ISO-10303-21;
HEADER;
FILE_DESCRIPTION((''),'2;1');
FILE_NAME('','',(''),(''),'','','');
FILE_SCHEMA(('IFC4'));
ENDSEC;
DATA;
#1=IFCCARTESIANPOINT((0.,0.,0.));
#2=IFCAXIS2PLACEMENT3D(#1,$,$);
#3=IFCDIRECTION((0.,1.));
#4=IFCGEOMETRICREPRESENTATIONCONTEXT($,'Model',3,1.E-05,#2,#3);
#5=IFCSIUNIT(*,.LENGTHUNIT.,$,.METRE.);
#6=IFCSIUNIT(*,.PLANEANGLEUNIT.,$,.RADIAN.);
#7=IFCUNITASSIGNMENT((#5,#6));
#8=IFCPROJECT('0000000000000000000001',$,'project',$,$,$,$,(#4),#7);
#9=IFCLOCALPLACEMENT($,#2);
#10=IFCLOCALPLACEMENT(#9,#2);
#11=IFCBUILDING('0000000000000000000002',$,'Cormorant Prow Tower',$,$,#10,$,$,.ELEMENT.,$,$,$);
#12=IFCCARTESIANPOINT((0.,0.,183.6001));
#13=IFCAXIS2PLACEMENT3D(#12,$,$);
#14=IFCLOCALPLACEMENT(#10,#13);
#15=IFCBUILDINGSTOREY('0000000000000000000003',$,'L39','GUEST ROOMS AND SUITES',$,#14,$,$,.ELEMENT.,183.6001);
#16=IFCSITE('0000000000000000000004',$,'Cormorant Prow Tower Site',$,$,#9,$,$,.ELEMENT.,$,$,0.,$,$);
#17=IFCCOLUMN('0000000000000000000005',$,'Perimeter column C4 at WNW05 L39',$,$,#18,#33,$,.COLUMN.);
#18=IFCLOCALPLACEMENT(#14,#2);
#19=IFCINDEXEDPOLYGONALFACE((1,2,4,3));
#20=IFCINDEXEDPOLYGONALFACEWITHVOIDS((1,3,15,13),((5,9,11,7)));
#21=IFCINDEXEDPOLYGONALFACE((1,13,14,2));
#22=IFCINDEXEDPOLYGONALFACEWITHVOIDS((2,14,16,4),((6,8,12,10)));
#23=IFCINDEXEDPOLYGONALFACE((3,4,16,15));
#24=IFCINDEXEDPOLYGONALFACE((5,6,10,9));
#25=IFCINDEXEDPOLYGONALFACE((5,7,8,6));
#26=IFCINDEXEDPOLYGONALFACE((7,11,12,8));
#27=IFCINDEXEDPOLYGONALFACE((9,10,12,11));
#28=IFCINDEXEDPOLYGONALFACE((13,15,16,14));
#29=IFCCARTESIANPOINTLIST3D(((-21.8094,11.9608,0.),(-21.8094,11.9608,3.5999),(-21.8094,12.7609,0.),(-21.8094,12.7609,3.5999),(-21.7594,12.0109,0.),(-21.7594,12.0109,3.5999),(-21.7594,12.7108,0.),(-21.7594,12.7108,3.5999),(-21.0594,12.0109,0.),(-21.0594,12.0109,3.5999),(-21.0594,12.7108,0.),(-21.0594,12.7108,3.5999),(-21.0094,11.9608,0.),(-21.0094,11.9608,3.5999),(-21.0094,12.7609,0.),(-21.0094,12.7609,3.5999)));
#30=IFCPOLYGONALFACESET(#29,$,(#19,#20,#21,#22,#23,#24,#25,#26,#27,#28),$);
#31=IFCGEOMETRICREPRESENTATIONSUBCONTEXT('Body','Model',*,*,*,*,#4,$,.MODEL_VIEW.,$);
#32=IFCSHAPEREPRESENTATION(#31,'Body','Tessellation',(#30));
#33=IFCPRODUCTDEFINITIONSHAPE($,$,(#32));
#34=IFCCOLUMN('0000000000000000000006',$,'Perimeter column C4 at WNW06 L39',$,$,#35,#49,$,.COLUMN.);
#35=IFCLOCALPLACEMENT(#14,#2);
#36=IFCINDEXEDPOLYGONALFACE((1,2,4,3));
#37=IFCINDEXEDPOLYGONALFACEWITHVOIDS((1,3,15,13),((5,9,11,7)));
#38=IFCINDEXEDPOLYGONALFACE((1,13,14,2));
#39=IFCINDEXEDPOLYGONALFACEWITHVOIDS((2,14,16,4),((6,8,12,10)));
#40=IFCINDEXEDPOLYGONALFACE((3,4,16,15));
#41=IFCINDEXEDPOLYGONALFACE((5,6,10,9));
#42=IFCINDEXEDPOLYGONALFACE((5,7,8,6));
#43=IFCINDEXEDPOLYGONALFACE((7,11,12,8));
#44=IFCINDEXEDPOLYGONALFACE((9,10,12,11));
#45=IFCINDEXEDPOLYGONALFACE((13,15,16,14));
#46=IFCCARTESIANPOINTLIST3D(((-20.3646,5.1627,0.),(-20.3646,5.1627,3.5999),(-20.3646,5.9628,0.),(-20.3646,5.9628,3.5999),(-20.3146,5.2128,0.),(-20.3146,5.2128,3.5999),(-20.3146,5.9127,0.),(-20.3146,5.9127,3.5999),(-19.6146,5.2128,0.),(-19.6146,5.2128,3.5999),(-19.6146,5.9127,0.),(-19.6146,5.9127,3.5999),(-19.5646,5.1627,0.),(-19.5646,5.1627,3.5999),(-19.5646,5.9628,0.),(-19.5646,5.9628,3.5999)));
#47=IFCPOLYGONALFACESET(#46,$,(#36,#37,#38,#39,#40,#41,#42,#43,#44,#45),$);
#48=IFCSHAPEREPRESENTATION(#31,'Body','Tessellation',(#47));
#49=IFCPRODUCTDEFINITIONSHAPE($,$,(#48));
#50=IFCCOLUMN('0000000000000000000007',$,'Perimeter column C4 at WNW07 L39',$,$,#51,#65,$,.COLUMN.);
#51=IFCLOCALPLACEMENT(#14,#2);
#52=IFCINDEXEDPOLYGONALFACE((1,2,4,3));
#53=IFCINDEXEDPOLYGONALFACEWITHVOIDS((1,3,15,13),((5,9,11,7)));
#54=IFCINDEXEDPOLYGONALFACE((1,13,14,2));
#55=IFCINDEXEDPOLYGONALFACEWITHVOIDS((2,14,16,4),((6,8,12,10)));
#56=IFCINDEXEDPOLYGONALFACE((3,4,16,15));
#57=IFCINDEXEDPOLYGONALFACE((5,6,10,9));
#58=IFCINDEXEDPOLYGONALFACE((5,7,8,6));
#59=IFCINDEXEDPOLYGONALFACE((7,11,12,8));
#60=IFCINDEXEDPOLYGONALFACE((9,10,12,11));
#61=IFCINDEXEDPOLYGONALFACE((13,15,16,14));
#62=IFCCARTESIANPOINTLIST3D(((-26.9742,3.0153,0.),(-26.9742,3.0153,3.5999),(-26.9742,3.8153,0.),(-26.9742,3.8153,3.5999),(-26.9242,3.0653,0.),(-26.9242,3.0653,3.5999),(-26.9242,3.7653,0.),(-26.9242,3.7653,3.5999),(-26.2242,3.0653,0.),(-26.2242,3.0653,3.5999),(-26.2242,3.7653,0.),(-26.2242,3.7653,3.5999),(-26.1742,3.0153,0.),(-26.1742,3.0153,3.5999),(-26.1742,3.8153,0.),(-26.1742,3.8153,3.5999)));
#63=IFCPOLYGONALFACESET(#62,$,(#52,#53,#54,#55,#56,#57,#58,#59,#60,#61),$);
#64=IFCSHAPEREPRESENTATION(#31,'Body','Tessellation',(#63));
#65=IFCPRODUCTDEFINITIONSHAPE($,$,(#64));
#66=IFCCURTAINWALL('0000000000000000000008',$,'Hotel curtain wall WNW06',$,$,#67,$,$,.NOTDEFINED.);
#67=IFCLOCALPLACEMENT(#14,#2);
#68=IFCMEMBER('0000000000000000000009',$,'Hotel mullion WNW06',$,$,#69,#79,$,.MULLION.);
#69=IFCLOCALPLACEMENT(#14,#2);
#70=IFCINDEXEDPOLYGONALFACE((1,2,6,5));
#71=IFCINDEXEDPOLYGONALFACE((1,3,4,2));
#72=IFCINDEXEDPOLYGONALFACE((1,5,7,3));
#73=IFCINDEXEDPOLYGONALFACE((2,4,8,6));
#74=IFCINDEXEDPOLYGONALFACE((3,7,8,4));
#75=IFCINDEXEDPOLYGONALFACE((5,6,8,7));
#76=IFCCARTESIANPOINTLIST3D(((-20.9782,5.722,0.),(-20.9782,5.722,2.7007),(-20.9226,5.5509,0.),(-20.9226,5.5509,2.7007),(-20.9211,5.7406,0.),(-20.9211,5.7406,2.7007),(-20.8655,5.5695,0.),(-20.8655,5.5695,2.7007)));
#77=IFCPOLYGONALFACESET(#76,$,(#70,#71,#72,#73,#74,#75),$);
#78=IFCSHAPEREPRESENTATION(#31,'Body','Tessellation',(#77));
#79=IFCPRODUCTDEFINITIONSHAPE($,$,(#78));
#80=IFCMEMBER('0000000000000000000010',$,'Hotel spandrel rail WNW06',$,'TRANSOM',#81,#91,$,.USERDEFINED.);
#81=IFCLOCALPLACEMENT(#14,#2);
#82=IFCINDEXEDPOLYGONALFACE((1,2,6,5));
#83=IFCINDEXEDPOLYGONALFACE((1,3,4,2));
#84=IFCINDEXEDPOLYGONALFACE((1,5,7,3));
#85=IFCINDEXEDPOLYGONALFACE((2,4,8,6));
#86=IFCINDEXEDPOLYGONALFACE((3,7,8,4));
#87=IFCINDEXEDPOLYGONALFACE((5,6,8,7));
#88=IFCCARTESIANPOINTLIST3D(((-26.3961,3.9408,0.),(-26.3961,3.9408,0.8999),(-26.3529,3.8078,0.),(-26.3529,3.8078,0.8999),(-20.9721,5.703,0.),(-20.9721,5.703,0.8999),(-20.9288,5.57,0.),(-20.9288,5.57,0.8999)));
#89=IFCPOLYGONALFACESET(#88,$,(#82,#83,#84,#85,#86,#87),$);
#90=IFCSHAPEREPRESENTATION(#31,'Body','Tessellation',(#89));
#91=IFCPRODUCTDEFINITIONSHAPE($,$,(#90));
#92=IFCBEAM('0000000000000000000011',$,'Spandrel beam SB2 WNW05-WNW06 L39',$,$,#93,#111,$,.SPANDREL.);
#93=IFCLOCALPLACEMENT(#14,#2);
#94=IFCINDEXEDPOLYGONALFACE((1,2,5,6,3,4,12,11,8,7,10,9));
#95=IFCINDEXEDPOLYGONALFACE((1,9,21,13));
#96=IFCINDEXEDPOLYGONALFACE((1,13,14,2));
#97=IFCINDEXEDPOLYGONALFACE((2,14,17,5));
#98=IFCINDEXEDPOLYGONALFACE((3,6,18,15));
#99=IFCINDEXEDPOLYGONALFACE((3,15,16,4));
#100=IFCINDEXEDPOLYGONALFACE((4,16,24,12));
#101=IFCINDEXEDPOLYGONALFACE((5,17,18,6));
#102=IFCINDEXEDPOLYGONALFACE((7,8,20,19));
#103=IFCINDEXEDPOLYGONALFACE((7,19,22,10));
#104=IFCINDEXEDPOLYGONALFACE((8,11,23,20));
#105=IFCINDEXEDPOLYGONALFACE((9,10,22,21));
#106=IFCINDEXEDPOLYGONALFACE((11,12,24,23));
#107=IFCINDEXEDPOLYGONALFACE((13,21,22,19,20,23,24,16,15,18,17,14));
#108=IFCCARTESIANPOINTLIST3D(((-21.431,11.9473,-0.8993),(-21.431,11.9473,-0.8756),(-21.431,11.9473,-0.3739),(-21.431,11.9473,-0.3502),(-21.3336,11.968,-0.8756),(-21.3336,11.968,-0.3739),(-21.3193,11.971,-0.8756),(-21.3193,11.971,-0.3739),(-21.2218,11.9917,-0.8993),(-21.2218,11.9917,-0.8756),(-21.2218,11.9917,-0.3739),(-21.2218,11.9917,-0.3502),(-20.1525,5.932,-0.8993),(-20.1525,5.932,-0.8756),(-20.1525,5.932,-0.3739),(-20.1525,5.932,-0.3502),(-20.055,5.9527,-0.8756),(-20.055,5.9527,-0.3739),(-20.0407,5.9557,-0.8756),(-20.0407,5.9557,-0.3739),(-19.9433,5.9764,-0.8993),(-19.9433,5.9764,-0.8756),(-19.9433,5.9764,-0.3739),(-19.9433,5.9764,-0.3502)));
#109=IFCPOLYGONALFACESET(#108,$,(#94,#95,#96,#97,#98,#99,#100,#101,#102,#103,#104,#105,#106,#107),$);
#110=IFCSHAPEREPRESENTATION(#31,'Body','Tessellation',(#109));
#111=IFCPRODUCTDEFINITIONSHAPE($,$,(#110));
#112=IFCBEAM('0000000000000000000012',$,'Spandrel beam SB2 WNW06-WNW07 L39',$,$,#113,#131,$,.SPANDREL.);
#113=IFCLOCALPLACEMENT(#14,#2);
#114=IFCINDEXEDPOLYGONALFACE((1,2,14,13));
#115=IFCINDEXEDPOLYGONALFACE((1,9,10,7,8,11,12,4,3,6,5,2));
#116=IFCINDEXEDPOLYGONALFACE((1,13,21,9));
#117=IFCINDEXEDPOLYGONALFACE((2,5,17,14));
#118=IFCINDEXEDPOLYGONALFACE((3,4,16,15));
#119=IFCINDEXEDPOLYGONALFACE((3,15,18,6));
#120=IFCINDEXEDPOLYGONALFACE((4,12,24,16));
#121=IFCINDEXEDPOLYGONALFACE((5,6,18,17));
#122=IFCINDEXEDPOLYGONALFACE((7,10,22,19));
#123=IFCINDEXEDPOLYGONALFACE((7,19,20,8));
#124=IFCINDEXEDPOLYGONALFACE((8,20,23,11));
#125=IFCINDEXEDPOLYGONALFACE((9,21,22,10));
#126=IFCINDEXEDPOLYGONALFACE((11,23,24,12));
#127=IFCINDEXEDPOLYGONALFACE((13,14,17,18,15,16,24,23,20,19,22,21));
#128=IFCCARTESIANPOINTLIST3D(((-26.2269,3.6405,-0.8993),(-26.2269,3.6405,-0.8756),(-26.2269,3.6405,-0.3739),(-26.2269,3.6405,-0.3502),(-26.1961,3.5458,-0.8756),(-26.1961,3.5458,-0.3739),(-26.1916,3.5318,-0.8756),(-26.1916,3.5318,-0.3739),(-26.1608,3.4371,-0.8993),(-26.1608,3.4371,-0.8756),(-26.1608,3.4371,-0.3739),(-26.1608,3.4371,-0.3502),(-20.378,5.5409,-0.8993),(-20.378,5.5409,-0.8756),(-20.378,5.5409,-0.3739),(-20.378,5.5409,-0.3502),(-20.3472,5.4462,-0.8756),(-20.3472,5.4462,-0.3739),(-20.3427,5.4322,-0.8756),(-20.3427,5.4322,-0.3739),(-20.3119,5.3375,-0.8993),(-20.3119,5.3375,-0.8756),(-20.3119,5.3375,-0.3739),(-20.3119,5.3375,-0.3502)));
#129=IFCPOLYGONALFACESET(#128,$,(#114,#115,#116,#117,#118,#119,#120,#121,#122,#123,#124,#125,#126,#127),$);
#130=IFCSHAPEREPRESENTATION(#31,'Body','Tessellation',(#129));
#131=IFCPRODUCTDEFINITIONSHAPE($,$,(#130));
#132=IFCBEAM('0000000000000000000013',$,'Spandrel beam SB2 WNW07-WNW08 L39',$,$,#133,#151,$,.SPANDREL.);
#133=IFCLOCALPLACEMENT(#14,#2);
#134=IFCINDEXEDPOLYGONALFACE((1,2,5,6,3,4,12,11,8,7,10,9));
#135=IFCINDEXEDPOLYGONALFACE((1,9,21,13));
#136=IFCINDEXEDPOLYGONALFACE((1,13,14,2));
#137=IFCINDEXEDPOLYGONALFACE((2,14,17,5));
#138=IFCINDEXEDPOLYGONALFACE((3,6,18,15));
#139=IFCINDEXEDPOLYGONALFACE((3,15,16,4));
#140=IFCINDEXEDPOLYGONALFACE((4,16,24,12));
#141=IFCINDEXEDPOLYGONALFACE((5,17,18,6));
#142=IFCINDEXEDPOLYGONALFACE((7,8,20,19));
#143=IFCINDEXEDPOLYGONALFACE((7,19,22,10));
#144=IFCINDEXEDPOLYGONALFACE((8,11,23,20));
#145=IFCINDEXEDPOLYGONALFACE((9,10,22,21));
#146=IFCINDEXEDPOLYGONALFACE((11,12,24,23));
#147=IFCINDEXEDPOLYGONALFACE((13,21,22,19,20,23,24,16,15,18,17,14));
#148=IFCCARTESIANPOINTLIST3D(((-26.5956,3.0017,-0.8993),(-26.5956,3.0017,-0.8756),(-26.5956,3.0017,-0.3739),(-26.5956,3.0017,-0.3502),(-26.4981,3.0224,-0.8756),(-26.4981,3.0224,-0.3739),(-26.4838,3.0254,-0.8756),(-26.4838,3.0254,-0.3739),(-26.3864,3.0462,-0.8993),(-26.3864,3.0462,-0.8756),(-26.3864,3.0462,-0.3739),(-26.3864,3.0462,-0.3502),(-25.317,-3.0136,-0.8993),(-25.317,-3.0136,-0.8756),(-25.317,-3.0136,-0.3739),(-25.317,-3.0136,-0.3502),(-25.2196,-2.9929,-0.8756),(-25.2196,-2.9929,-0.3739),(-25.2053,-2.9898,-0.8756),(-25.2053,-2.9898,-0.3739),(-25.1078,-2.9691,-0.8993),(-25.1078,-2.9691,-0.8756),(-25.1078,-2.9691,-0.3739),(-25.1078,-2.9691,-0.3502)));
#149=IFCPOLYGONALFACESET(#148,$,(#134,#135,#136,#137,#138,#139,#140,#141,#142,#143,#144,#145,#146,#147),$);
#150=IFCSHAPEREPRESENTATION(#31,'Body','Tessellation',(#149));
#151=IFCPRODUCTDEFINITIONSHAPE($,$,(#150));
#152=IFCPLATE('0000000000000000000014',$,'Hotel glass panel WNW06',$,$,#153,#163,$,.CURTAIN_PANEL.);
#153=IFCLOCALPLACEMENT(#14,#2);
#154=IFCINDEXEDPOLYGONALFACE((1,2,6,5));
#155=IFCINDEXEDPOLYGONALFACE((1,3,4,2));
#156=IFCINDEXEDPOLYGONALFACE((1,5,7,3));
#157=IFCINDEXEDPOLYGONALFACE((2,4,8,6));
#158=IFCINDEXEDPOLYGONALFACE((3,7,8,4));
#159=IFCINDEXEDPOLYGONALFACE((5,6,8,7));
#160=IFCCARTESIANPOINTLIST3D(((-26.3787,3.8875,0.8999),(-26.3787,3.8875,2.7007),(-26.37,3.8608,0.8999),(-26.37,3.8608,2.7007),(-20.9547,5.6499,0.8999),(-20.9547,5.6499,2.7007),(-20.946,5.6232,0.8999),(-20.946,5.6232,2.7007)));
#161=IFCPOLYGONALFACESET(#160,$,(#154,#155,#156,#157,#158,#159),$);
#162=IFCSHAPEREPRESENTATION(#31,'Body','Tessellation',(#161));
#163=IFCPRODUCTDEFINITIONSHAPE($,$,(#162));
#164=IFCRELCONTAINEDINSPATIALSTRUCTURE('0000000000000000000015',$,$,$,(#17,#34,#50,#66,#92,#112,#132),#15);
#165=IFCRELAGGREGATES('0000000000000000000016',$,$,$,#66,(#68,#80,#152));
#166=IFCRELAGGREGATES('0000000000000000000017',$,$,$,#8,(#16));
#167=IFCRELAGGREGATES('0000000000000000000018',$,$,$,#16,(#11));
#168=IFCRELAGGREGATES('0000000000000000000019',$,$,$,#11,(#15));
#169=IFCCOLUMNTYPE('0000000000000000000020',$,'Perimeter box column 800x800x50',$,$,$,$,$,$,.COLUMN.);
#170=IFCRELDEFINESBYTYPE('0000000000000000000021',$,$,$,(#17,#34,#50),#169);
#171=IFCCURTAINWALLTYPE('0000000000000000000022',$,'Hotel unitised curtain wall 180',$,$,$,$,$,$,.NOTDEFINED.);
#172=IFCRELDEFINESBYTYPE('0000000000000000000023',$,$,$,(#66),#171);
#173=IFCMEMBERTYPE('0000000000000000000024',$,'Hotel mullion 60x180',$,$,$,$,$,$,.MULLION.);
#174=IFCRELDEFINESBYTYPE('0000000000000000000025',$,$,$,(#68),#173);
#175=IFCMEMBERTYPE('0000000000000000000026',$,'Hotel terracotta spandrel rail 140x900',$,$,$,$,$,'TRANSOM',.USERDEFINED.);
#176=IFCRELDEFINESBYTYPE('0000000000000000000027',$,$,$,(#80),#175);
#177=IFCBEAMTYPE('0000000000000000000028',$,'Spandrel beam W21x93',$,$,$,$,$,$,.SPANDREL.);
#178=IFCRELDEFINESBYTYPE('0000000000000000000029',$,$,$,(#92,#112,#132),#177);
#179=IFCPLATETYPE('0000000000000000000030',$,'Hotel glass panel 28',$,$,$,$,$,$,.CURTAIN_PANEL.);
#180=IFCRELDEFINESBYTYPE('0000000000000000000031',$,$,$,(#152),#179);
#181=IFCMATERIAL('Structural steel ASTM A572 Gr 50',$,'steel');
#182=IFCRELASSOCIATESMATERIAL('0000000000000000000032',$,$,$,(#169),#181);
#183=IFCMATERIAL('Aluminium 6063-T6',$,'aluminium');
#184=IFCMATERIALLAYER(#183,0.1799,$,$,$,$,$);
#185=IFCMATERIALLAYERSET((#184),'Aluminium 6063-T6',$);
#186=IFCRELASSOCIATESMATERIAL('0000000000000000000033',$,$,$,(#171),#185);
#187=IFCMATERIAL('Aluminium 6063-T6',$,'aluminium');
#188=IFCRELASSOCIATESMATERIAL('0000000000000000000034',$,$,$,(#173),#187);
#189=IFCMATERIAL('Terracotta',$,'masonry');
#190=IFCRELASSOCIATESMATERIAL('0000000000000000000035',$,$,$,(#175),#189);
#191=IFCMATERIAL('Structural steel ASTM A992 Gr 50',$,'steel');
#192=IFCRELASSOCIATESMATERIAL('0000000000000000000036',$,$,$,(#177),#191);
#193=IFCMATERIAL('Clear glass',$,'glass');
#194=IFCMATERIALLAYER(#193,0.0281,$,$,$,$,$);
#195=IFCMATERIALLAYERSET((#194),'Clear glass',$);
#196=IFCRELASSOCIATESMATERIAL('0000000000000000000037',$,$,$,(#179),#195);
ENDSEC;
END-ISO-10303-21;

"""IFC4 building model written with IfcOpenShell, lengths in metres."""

from ifc_helpers import new_model, si_unit, direction, frame, origin, origin_2d, place, context, subcontext, project, spatial, rectangle, hollow_rectangle, i_section, extrude, material, layer, layer_set, material_profile, profile_set, type_object, element, aggregate, save


model = new_model("IFC4")

# Units and contexts
model_context = context("Model", 3, precision=1e-05, world=origin(), true_north=direction((0.0, 1.0)))
body_context = subcontext(model_context, "Body", "Model", "MODEL_VIEW")
ifc_project = project(units=[si_unit("LENGTHUNIT", "METRE"), si_unit("PLANEANGLEUNIT", "RADIAN")], contexts=[model_context])

# Site, building, storey
site_placement = place(None, origin())
site = spatial("IfcSite", under=ifc_project, at=site_placement, Name="Cormorant Prow Tower Site", CompositionType="ELEMENT", RefElevation=0.0)
building_placement = place(site_placement, origin())
building = spatial("IfcBuilding", under=site, at=building_placement, Name="Cormorant Prow Tower", CompositionType="ELEMENT")
storey_placement = place(building_placement, frame((0.0, 0.0, 183.6001)))
storey = spatial("IfcBuildingStorey", under=building, at=storey_placement, Name="L39", Description="GUEST ROOMS AND SUITES", CompositionType="ELEMENT", Elevation=183.6001)

# Columns
ifc_material_1 = material(Name="Structural steel ASTM A572 Gr 50", Category="steel")
ifc_material_profile_1 = material_profile(ifc_material_1, hollow_rectangle(XDim=0.8, YDim=0.8, WallThickness=0.05, at=origin_2d()), Name="Box 800x800x50")
ifc_profile_set_1 = profile_set([ifc_material_profile_1], Name="Structural steel ASTM A572 Gr 50")
column_type = type_object("IfcColumnType", Name="Perimeter box column 800x800x50", PredefinedType="COLUMN", material=ifc_profile_set_1)
for number, where, z_axis, x_axis, name in (
    (1, (-21.4094, 12.3608, 0.0), (0.0, 0.0, 1.0), (1.0, 0.0, 0.0), "Perimeter column C4 at WNW05 L39"),
    (2, (-19.9646, 5.5627, 0.0), (0.0, 0.0, 1.0), (1.0, 0.0, 0.0), "Perimeter column C4 at WNW06 L39"),
    (3, (-26.5742, 3.4153, 0.0), (0.0, 0.0, 1.0), (1.0, 0.0, 0.0), "Perimeter column C4 at WNW07 L39"),
):
    element("IfcColumn", number, at=place(storey_placement, frame(where, z_axis=z_axis, x_axis=x_axis)), inside=storey, type_object=column_type, Name=name, PredefinedType="COLUMN", context=body_context, shape_type="SweptSolid", body=[
        extrude(hollow_rectangle(XDim=0.8, YDim=0.8, WallThickness=0.05, at=origin_2d()), origin(), (0.0, 0.0, 1.0), 3.5999),
    ])

# Curtain wall, members
ifc_material_2 = material(Name="Aluminium 6063-T6", Category="aluminium")
ifc_layer_1 = layer(ifc_material_2, 0.1799)
ifc_layer_set_1 = layer_set([ifc_layer_1], Name="Aluminium 6063-T6")
curtain_wall_type = type_object("IfcCurtainWallType", Name="Hotel unitised curtain wall 180", PredefinedType="NOTDEFINED", material=ifc_layer_set_1)
curtain_wall_placement = place(storey_placement, origin())
curtain_wall = element("IfcCurtainWall", 4, at=curtain_wall_placement, inside=storey, type_object=curtain_wall_type, Name="Hotel curtain wall WNW06", PredefinedType="NOTDEFINED")
ifc_material_3 = material(Name="Aluminium 6063-T6", Category="aluminium")
ifc_material_profile_2 = material_profile(ifc_material_3, rectangle(XDim=0.1799, YDim=0.0601, at=origin_2d()), Name="Hotel mullion 60x180")
ifc_profile_set_2 = profile_set([ifc_material_profile_2], Name="Aluminium 6063-T6")
member_type_1 = type_object("IfcMemberType", Name="Hotel mullion 60x180", PredefinedType="MULLION", material=ifc_profile_set_2)
member_1_placement = place(storey_placement, frame((-20.9219, 5.6458, 0.0), z_axis=(0.0, 0.0, 1.0), x_axis=(0.309017, -0.951057, 0.0)))
member_1 = element("IfcMember", 5, at=member_1_placement, type_object=member_type_1, Name="Hotel mullion WNW06", PredefinedType="MULLION", context=body_context, shape_type="SweptSolid", body=[
    extrude(rectangle(XDim=0.1799, YDim=0.0601, at=origin_2d()), origin(), (0.0, 0.0, 1.0), 2.7007),
])
ifc_material_4 = material(Name="Terracotta", Category="masonry")
ifc_material_profile_3 = material_profile(ifc_material_4, rectangle(XDim=0.1399, YDim=0.8999, at=origin_2d()), Name="Hotel terracotta spandrel rail 140x900")
ifc_profile_set_3 = profile_set([ifc_material_profile_3], Name="Terracotta")
member_type_2 = type_object("IfcMemberType", Name="Hotel terracotta spandrel rail 140x900", ElementType="TRANSOM", PredefinedType="USERDEFINED", material=ifc_profile_set_3)
member_2_placement = place(storey_placement, frame((-20.9504, 5.6365, 0.45), z_axis=(-0.951066, -0.308988, 0.0), x_axis=(0.308988, -0.951066, 0.0)))
member_2 = element("IfcMember", 6, at=member_2_placement, type_object=member_type_2, Name="Hotel spandrel rail WNW06", ObjectType="TRANSOM", PredefinedType="USERDEFINED", context=body_context, shape_type="SweptSolid", body=[
    extrude(rectangle(XDim=0.1399, YDim=0.8999, at=origin_2d()), origin(), (0.0, 0.0, 1.0), 5.7031),
])

# Beams
ifc_material_5 = material(Name="Structural steel ASTM A992 Gr 50", Category="steel")
ifc_material_profile_4 = material_profile(ifc_material_5, i_section(OverallWidth=0.2139, OverallDepth=0.5491, WebThickness=0.0146, FlangeThickness=0.0237, at=origin_2d()), Name="W21x93")
ifc_profile_set_4 = profile_set([ifc_material_profile_4], Name="Structural steel ASTM A992 Gr 50")
beam_type = type_object("IfcBeamType", Name="Spandrel beam W21x93", PredefinedType="SPANDREL", material=ifc_profile_set_4)
beam_1_placement = place(storey_placement, frame((-21.3264, 11.9695, -0.6248), z_axis=(0.207905, -0.978149, 0.0), x_axis=(0.978149, 0.207905, 0.0)))
element("IfcBeam", 7, at=beam_1_placement, inside=storey, type_object=beam_type, Name="Spandrel beam SB2 WNW05-WNW06 L39", PredefinedType="SPANDREL", context=body_context, shape_type="SweptSolid", body=[
    extrude(i_section(OverallWidth=0.2139, OverallDepth=0.5491, WebThickness=0.0146, FlangeThickness=0.0237, at=origin_2d()), origin(), (0.0, 0.0, 1.0), 6.1497),
])
beam_2_placement = place(storey_placement, frame((-20.345, 5.4392, -0.6248), z_axis=(-0.951058, -0.309013, 0.0), x_axis=(0.309013, -0.951058, 0.0)))
element("IfcBeam", 8, at=beam_2_placement, inside=storey, type_object=beam_type, Name="Spandrel beam SB2 WNW06-WNW07 L39", PredefinedType="SPANDREL", context=body_context, shape_type="SweptSolid", body=[
    extrude(i_section(OverallWidth=0.2139, OverallDepth=0.5491, WebThickness=0.0146, FlangeThickness=0.0237, at=origin_2d()), origin(), (0.0, 0.0, 1.0), 6.1499),
])
beam_3_placement = place(storey_placement, frame((-26.491, 3.0239, -0.6248), z_axis=(0.207905, -0.978149, 0.0), x_axis=(0.978149, 0.207905, 0.0)))
element("IfcBeam", 9, at=beam_3_placement, inside=storey, type_object=beam_type, Name="Spandrel beam SB2 WNW07-WNW08 L39", PredefinedType="SPANDREL", context=body_context, shape_type="SweptSolid", body=[
    extrude(i_section(OverallWidth=0.2139, OverallDepth=0.5491, WebThickness=0.0146, FlangeThickness=0.0237, at=origin_2d()), origin(), (0.0, 0.0, 1.0), 6.1497),
])

# Plate
ifc_material_6 = material(Name="Clear glass", Category="glass")
ifc_layer_2 = layer(ifc_material_6, 0.0281)
ifc_layer_set_2 = layer_set([ifc_layer_2], Name="Clear glass")
plate_type = type_object("IfcPlateType", Name="Hotel glass panel 28", PredefinedType="CURTAIN_PANEL", material=ifc_layer_set_2)
plate_placement = place(storey_placement, frame((-23.6624, 4.7554, 0.8999), z_axis=(0.0, 0.0, 1.0), x_axis=(-0.951057, -0.309017, 0.0)))
plate = element("IfcPlate", 10, at=plate_placement, type_object=plate_type, Name="Hotel glass panel WNW06", PredefinedType="CURTAIN_PANEL", context=body_context, shape_type="SweptSolid", body=[
    extrude(rectangle(XDim=5.7031, YDim=0.0281, at=origin_2d()), origin(), (0.0, 0.0, 1.0), 1.8008),
])
aggregate(curtain_wall, [member_1, member_2, plate])

save(model, "model.ifc")
